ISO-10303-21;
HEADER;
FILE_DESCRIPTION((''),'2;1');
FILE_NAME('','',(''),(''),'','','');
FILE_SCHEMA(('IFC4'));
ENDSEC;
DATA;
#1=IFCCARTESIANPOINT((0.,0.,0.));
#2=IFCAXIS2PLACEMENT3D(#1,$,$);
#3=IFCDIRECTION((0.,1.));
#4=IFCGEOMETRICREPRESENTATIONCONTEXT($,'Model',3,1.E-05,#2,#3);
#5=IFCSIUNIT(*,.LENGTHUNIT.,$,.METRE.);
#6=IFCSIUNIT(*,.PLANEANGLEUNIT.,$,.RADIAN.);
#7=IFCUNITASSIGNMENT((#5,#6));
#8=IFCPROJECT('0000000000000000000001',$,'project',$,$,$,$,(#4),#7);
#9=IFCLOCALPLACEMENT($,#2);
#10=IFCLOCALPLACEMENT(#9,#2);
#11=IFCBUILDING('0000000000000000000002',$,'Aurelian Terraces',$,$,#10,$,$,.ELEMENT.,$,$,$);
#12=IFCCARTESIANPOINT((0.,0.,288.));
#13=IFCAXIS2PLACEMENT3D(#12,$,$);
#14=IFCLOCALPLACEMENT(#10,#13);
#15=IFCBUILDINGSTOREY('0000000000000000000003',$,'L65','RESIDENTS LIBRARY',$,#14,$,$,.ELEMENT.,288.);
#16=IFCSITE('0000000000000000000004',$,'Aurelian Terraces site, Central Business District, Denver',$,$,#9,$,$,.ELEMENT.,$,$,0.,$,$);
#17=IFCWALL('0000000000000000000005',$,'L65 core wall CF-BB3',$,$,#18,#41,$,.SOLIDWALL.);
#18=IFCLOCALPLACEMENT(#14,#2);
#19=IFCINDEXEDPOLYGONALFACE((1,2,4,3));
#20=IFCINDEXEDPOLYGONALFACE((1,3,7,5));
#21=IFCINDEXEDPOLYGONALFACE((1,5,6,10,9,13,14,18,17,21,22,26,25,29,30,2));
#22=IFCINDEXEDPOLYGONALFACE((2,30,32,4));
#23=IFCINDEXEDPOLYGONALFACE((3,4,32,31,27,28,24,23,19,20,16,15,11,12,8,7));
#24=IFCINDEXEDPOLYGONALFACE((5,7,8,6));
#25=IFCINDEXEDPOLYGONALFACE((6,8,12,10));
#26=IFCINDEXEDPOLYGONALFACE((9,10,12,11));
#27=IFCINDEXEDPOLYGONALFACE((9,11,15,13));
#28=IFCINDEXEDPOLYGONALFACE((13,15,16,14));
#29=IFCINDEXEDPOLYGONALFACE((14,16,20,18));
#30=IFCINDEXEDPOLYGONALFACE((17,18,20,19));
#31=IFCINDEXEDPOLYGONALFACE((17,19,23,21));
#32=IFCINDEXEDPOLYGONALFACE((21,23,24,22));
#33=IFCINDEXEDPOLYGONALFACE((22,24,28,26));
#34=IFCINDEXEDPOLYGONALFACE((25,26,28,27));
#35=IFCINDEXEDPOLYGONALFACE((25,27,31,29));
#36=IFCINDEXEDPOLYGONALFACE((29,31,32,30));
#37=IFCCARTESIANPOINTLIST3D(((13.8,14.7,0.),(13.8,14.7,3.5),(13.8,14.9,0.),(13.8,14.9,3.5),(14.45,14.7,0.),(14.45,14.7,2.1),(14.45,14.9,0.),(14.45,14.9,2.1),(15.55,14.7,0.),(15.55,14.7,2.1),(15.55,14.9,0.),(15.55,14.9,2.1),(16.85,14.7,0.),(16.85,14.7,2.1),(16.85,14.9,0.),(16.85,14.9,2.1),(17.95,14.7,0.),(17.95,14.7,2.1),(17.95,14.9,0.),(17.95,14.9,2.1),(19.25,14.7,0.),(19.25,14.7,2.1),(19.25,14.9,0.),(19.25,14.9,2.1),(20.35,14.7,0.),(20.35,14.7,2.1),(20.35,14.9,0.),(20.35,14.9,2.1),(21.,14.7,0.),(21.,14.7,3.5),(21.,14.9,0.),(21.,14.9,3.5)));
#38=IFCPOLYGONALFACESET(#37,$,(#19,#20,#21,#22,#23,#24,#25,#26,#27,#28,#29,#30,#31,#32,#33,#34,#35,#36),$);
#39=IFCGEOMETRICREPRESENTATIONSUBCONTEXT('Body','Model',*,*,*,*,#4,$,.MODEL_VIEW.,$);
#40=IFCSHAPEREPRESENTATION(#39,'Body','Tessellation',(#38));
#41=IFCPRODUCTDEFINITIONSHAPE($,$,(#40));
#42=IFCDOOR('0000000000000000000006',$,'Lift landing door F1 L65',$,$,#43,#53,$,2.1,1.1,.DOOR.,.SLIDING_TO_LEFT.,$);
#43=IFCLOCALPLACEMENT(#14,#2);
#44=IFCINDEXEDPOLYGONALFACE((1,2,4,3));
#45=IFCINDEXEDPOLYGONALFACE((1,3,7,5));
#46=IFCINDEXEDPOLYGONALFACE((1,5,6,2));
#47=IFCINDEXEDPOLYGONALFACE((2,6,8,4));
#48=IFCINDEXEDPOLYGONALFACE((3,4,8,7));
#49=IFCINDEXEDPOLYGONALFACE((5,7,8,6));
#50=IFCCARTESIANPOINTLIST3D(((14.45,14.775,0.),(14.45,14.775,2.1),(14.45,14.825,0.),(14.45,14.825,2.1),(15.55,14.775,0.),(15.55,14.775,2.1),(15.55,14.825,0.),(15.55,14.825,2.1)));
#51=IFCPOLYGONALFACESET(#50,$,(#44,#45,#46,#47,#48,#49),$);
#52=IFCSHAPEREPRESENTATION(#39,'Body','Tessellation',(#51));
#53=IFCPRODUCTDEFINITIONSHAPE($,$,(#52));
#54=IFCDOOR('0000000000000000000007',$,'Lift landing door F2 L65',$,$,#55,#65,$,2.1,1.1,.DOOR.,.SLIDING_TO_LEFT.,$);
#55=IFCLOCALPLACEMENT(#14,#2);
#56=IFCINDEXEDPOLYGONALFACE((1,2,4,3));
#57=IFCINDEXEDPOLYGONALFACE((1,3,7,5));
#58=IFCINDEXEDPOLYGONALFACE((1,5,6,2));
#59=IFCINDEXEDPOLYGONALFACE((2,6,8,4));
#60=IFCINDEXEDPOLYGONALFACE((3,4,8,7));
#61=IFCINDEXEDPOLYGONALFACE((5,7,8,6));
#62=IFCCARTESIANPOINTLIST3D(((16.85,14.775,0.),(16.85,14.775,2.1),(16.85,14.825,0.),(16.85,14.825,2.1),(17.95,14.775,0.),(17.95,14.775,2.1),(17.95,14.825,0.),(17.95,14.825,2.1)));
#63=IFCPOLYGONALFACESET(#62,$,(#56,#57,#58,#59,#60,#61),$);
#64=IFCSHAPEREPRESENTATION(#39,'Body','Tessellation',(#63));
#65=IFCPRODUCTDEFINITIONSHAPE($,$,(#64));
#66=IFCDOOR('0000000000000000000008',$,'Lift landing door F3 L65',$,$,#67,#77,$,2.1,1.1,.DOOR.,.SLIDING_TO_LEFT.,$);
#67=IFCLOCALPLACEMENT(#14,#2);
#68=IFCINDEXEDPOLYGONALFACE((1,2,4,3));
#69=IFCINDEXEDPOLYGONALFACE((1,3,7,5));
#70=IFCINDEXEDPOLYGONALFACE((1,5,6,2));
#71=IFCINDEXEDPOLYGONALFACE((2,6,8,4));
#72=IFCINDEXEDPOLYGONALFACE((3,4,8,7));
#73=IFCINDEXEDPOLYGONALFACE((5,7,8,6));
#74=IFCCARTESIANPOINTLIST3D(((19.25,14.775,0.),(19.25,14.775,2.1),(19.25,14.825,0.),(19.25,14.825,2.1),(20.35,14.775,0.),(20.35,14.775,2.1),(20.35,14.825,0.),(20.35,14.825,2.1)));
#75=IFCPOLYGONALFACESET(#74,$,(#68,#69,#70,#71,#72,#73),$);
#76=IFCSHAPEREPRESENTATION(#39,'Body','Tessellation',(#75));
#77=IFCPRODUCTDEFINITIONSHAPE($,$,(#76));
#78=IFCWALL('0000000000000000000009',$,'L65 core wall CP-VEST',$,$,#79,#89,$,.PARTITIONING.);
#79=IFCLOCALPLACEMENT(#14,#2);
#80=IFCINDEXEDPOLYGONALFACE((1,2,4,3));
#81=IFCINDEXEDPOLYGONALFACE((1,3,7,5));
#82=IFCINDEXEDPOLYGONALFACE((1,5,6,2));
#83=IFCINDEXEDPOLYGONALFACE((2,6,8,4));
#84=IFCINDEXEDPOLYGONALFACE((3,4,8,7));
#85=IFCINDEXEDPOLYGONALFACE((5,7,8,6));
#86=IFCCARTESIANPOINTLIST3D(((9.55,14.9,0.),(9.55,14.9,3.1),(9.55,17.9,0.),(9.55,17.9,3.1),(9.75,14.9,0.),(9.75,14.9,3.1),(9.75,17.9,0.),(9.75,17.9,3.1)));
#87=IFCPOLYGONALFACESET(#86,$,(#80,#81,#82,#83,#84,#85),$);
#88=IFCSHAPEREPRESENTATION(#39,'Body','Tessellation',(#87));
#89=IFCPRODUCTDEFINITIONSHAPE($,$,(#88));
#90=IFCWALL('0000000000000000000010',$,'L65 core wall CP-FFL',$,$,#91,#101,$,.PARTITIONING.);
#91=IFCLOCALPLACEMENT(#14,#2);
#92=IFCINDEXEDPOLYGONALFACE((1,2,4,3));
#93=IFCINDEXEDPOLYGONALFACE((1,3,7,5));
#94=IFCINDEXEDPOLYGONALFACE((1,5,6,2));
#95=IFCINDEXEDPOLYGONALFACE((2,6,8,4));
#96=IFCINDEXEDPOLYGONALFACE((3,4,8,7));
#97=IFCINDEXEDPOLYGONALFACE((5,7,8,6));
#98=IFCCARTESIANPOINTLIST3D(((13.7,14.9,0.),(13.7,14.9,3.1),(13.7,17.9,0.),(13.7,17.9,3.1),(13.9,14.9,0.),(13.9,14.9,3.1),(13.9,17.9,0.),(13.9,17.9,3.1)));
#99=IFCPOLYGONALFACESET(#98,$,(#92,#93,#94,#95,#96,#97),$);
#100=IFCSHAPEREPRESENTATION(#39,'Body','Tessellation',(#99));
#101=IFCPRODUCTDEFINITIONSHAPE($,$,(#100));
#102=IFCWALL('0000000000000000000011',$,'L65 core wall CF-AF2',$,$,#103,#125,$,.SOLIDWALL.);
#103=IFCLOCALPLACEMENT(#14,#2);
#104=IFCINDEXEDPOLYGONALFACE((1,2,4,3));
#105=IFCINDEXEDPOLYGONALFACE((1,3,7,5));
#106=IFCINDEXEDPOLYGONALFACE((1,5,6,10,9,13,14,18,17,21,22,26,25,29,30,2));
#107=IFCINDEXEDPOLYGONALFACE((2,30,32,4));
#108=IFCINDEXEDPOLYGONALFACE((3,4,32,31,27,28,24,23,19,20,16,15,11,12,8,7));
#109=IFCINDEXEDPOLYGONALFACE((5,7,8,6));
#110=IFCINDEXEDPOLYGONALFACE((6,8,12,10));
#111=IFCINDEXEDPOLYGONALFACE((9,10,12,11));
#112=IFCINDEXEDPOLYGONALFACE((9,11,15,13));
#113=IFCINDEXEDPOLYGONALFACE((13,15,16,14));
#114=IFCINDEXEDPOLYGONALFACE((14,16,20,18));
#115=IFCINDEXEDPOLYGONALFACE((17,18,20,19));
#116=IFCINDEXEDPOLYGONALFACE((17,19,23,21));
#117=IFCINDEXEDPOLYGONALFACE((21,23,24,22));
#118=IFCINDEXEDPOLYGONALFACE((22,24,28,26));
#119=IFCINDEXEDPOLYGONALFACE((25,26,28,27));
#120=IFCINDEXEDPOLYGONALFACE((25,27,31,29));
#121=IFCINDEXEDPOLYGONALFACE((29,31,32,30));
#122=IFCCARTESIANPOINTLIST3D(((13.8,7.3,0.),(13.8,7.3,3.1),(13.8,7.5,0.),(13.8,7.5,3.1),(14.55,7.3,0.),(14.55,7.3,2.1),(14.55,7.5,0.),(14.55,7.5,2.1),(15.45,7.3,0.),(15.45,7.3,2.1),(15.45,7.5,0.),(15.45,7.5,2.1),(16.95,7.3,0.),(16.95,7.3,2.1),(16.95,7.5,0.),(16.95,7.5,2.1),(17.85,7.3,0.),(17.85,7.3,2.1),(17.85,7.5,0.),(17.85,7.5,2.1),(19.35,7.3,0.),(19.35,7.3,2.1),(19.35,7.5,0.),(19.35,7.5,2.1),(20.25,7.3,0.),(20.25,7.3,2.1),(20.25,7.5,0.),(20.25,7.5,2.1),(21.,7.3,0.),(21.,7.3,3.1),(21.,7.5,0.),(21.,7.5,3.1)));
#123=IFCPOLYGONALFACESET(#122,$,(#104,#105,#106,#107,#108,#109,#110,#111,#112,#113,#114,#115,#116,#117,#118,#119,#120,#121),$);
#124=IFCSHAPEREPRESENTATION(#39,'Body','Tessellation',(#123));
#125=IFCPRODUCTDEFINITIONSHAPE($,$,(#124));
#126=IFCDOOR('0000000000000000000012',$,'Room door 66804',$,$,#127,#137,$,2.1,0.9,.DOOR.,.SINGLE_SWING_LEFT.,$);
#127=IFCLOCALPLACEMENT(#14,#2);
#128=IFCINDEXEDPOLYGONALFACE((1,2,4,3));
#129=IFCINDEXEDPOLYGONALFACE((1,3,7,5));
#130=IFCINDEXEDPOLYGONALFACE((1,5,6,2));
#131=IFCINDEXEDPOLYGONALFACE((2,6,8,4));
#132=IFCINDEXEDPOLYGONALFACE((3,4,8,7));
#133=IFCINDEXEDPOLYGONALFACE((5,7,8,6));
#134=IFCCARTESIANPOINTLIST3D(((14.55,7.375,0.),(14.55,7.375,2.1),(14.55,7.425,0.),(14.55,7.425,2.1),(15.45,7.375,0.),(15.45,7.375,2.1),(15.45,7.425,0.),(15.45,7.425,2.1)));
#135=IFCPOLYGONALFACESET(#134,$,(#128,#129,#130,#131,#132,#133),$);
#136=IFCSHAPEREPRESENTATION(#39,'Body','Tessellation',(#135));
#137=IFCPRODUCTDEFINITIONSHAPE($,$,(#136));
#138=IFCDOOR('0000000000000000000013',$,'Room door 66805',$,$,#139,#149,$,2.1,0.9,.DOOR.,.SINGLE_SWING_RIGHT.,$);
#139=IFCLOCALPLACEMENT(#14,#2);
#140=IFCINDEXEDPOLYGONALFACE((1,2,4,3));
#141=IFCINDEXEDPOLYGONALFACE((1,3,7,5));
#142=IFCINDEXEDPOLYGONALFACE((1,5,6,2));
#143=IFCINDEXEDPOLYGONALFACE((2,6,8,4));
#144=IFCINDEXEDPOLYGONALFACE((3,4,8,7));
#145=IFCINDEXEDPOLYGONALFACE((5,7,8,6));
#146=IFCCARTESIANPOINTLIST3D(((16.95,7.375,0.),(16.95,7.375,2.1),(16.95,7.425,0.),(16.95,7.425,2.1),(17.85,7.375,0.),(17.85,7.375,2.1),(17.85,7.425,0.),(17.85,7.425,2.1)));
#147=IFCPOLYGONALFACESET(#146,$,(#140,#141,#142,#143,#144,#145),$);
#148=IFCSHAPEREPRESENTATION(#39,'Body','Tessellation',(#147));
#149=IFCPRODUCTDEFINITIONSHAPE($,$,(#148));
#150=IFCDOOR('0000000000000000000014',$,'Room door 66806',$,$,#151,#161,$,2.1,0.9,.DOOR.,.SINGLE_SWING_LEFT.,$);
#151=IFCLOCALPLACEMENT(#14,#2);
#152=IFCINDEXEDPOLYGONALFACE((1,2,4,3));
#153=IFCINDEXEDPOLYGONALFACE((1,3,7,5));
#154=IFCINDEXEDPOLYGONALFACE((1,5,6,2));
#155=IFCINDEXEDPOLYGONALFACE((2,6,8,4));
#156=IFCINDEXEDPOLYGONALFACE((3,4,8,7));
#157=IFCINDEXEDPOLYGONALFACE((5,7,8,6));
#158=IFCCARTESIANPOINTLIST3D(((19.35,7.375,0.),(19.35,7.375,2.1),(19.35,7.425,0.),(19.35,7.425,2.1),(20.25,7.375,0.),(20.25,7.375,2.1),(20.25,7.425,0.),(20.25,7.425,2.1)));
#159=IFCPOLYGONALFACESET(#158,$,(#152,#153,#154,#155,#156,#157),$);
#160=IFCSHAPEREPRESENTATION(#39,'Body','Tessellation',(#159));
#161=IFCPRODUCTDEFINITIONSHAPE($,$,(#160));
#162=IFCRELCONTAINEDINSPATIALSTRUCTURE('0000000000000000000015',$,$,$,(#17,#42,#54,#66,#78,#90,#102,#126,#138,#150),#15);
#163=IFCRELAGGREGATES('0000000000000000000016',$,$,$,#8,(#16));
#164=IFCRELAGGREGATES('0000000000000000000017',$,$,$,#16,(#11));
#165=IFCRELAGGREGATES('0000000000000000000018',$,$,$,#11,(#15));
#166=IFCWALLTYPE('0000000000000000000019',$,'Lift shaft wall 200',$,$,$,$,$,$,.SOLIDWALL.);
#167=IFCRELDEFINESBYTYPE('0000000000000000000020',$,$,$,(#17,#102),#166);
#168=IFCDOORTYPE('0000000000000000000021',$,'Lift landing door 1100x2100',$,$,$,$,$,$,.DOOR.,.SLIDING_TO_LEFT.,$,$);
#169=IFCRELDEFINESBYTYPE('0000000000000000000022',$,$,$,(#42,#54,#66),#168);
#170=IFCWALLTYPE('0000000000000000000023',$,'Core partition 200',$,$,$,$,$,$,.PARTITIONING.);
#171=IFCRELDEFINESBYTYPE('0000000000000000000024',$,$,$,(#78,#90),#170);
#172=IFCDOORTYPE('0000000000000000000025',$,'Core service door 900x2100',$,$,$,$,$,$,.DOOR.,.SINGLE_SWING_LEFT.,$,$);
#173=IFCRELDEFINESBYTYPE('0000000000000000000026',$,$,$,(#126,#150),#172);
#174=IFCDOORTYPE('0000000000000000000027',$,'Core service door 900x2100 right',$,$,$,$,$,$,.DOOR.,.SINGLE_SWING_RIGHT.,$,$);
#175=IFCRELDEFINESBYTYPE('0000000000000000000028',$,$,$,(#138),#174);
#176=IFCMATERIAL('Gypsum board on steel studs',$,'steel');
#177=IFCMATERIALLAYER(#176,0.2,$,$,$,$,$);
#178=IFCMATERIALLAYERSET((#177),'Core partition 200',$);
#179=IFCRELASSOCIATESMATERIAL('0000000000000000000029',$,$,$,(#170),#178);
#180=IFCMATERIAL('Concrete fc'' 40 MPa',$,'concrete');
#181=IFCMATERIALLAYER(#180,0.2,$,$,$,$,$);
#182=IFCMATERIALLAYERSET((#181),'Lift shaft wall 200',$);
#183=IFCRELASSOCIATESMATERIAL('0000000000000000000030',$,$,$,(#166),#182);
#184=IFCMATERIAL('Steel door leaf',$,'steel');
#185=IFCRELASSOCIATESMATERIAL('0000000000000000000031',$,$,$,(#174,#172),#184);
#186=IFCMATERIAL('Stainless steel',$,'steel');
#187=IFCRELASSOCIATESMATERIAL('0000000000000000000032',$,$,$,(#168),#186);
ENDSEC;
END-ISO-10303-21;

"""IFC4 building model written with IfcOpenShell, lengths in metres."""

from ifc_helpers import new_model, si_unit, direction, frame, frame_2d, origin, place, context, subcontext, project, spatial, rectangle, extrude, source, transform, mapped, material, layer, layer_set, type_object, element, fill, save


model = new_model("IFC4")

# Units and contexts
model_context = context("Model", 3, precision=1e-05, world=origin(), true_north=direction((0.0, 1.0)))
body_context = subcontext(model_context, "Body", "Model", "MODEL_VIEW")
ifc_project = project(units=[si_unit("LENGTHUNIT", "METRE"), si_unit("PLANEANGLEUNIT", "RADIAN")], contexts=[model_context])

# Site, building, storey
site_placement = place(None, origin())
site = spatial("IfcSite", under=ifc_project, at=site_placement, Name="Aurelian Terraces site, Central Business District, Denver", CompositionType="ELEMENT", RefElevation=0.0)
building_placement = place(site_placement, origin())
building = spatial("IfcBuilding", under=site, at=building_placement, Name="Aurelian Terraces", CompositionType="ELEMENT")
storey_placement = place(building_placement, frame((0.0, 0.0, 288.0)))
storey = spatial("IfcBuildingStorey", under=building, at=storey_placement, Name="L65", Description="RESIDENTS LIBRARY", CompositionType="ELEMENT", Elevation=288.0)

# Shared definitions
ifc_material_1 = material(Name="Gypsum board on steel studs", Category="steel")
ifc_layer_1 = layer(ifc_material_1, 0.2)
ifc_layer_set_1 = layer_set([ifc_layer_1], Name="Core partition 200")
wall_type_1 = type_object("IfcWallType", Name="Core partition 200", PredefinedType="PARTITIONING", material=ifc_layer_set_1)
ifc_material_2 = material(Name="Concrete fc' 40 MPa", Category="concrete")
ifc_layer_2 = layer(ifc_material_2, 0.2)
ifc_layer_set_2 = layer_set([ifc_layer_2], Name="Lift shaft wall 200")
wall_type_2 = type_object("IfcWallType", Name="Lift shaft wall 200", PredefinedType="SOLIDWALL", material=ifc_layer_set_2)

# Shared definitions
shared_shape_1 = source(origin(), body_context, "Body", "SweptSolid", [
    extrude(rectangle(XDim=0.9, YDim=2.1, at=frame_2d((0.45, 1.05))), frame((0.0, 0.11, 0.0), z_axis=(0.0, -1.0, 0.0), x_axis=(1.0, 0.0, 0.0)), (0.0, 0.0, 1.0), 0.22),
])
ifc_material_3 = material(Name="Steel door leaf", Category="steel")
door_type_1 = type_object("IfcDoorType", Name="Core service door 900x2100 right", OperationType="SINGLE_SWING_RIGHT", PredefinedType="DOOR", material=ifc_material_3)
shared_shape_2 = source(origin(), body_context, "Body", "SweptSolid", [
    extrude(rectangle(XDim=0.9, YDim=2.1, at=frame_2d((0.45, 1.05))), frame((0.0, 0.025, 0.0), z_axis=(0.0, -1.0, 0.0), x_axis=(1.0, 0.0, 0.0)), (0.0, 0.0, 1.0), 0.05),
])

# Shared definitions
shared_shape_3 = source(origin(), body_context, "Body", "SweptSolid", [
    extrude(rectangle(XDim=7.2, YDim=0.2, at=frame_2d((3.6, 0.0))), origin(), (0.0, 0.0, 1.0), 3.5),
])

# Wall, openings, doors
wall_1_placement = place(storey_placement, frame((13.8, 14.8, 0.0), z_axis=(0.0, 0.0, 1.0), x_axis=(1.0, 0.0, 0.0)))
wall_1 = element("IfcWall", 1, at=wall_1_placement, inside=storey, type_object=wall_type_2, Name="L65 core wall CF-BB3", PredefinedType="SOLIDWALL", context=body_context, shape_type="MappedRepresentation", body=[
    mapped(shared_shape_3, transform((0.0, 0.0, 0.0), scale=1.0)),
])
shared_shape_4 = source(origin(), body_context, "Body", "SweptSolid", [
    extrude(rectangle(XDim=1.1, YDim=2.1, at=frame_2d((0.55, 1.05))), frame((0.0, 0.11, 0.0), z_axis=(0.0, -1.0, 0.0), x_axis=(1.0, 0.0, 0.0)), (0.0, 0.0, 1.0), 0.22),
])
opening_1_placement = place(wall_1_placement, frame((0.65, 0.0, 0.0)))
opening_1 = element("IfcOpeningElement", 2, at=opening_1_placement, cuts=wall_1, PredefinedType="OPENING", context=body_context, shape_type="MappedRepresentation", body=[
    mapped(shared_shape_4, transform((0.0, 0.0, 0.0), scale=1.0)),
])
opening_2_placement = place(wall_1_placement, frame((3.05, 0.0, 0.0)))
opening_2 = element("IfcOpeningElement", 3, at=opening_2_placement, cuts=wall_1, PredefinedType="OPENING", context=body_context, shape_type="MappedRepresentation", body=[
    mapped(shared_shape_4, transform((0.0, 0.0, 0.0), scale=1.0)),
])
opening_3_placement = place(wall_1_placement, frame((5.45, 0.0, 0.0)))
opening_3 = element("IfcOpeningElement", 4, at=opening_3_placement, cuts=wall_1, PredefinedType="OPENING", context=body_context, shape_type="MappedRepresentation", body=[
    mapped(shared_shape_4, transform((0.0, 0.0, 0.0), scale=1.0)),
])
ifc_material_4 = material(Name="Stainless steel", Category="steel")
door_type_2 = type_object("IfcDoorType", Name="Lift landing door 1100x2100", OperationType="SLIDING_TO_LEFT", PredefinedType="DOOR", material=ifc_material_4)
shared_shape_5 = source(origin(), body_context, "Body", "SweptSolid", [
    extrude(rectangle(XDim=1.1, YDim=2.1, at=frame_2d((0.55, 1.05))), frame((0.0, 0.025, 0.0), z_axis=(0.0, -1.0, 0.0), x_axis=(1.0, 0.0, 0.0)), (0.0, 0.0, 1.0), 0.05),
])
door_1_placement = place(opening_1_placement, origin())
door_1 = element("IfcDoor", 5, at=door_1_placement, inside=storey, type_object=door_type_2, Name="Lift landing door F1 L65", OperationType="SLIDING_TO_LEFT", OverallHeight=2.1, OverallWidth=1.1, PredefinedType="DOOR", context=body_context, shape_type="MappedRepresentation", body=[
    mapped(shared_shape_5, transform((0.0, 0.0, 0.0), scale=1.0)),
])
fill(opening_1, door_1)
door_2_placement = place(opening_2_placement, origin())
door_2 = element("IfcDoor", 6, at=door_2_placement, inside=storey, type_object=door_type_2, Name="Lift landing door F2 L65", OperationType="SLIDING_TO_LEFT", OverallHeight=2.1, OverallWidth=1.1, PredefinedType="DOOR", context=body_context, shape_type="MappedRepresentation", body=[
    mapped(shared_shape_5, transform((0.0, 0.0, 0.0), scale=1.0)),
])
fill(opening_2, door_2)
door_3_placement = place(opening_3_placement, origin())
door_3 = element("IfcDoor", 7, at=door_3_placement, inside=storey, type_object=door_type_2, Name="Lift landing door F3 L65", OperationType="SLIDING_TO_LEFT", OverallHeight=2.1, OverallWidth=1.1, PredefinedType="DOOR", context=body_context, shape_type="MappedRepresentation", body=[
    mapped(shared_shape_5, transform((0.0, 0.0, 0.0), scale=1.0)),
])
fill(opening_3, door_3)

# Walls
shared_shape_6 = source(origin(), body_context, "Body", "SweptSolid", [
    extrude(rectangle(XDim=3.0, YDim=0.2, at=frame_2d((1.5, 0.0))), origin(), (0.0, 0.0, 1.0), 3.1),
])
for number, where, z_axis, x_axis, name in (
    (8, (9.65, 14.9, 0.0), (0.0, 0.0, 1.0), (0.0, 1.0, 0.0), "L65 core wall CP-VEST"),
    (9, (13.8, 14.9, 0.0), (0.0, 0.0, 1.0), (0.0, 1.0, 0.0), "L65 core wall CP-FFL"),
):
    element("IfcWall", number, at=place(storey_placement, frame(where, z_axis=z_axis, x_axis=x_axis)), inside=storey, type_object=wall_type_1, Name=name, PredefinedType="PARTITIONING", context=body_context, shape_type="MappedRepresentation", body=[
        mapped(shared_shape_6, transform((0.0, 0.0, 0.0), scale=1.0)),
    ])

# Wall, openings, doors
shared_shape_7 = source(origin(), body_context, "Body", "SweptSolid", [
    extrude(rectangle(XDim=7.2, YDim=0.2, at=frame_2d((3.6, 0.0))), origin(), (0.0, 0.0, 1.0), 3.1),
])
wall_2_placement = place(storey_placement, frame((13.8, 7.4, 0.0), z_axis=(0.0, 0.0, 1.0), x_axis=(1.0, 0.0, 0.0)))
wall_2 = element("IfcWall", 10, at=wall_2_placement, inside=storey, type_object=wall_type_2, Name="L65 core wall CF-AF2", PredefinedType="SOLIDWALL", context=body_context, shape_type="MappedRepresentation", body=[
    mapped(shared_shape_7, transform((0.0, 0.0, 0.0), scale=1.0)),
])
opening_4_placement = place(wall_2_placement, frame((0.75, 0.0, 0.0)))
opening_4 = element("IfcOpeningElement", 11, at=opening_4_placement, cuts=wall_2, PredefinedType="OPENING", context=body_context, shape_type="MappedRepresentation", body=[
    mapped(shared_shape_1, transform((0.0, 0.0, 0.0), scale=1.0)),
])
opening_5_placement = place(wall_2_placement, frame((3.15, 0.0, 0.0)))
opening_5 = element("IfcOpeningElement", 12, at=opening_5_placement, cuts=wall_2, PredefinedType="OPENING", context=body_context, shape_type="MappedRepresentation", body=[
    mapped(shared_shape_1, transform((0.0, 0.0, 0.0), scale=1.0)),
])
opening_6_placement = place(wall_2_placement, frame((5.55, 0.0, 0.0)))
opening_6 = element("IfcOpeningElement", 13, at=opening_6_placement, cuts=wall_2, PredefinedType="OPENING", context=body_context, shape_type="MappedRepresentation", body=[
    mapped(shared_shape_1, transform((0.0, 0.0, 0.0), scale=1.0)),
])
door_type_3 = type_object("IfcDoorType", Name="Core service door 900x2100", OperationType="SINGLE_SWING_LEFT", PredefinedType="DOOR", material=ifc_material_3)
door_4_placement = place(opening_4_placement, origin())
door_4 = element("IfcDoor", 14, at=door_4_placement, inside=storey, type_object=door_type_3, Name="Room door 66804", OperationType="SINGLE_SWING_LEFT", OverallHeight=2.1, OverallWidth=0.9, PredefinedType="DOOR", context=body_context, shape_type="MappedRepresentation", body=[
    mapped(shared_shape_2, transform((0.0, 0.0, 0.0), scale=1.0)),
])
fill(opening_4, door_4)
door_5_placement = place(opening_5_placement, origin())
door_5 = element("IfcDoor", 15, at=door_5_placement, inside=storey, type_object=door_type_1, Name="Room door 66805", OperationType="SINGLE_SWING_RIGHT", OverallHeight=2.1, OverallWidth=0.9, PredefinedType="DOOR", context=body_context, shape_type="MappedRepresentation", body=[
    mapped(shared_shape_2, transform((0.0, 0.0, 0.0), scale=1.0)),
])
fill(opening_5, door_5)
door_6_placement = place(opening_6_placement, origin())
door_6 = element("IfcDoor", 16, at=door_6_placement, inside=storey, type_object=door_type_3, Name="Room door 66806", OperationType="SINGLE_SWING_LEFT", OverallHeight=2.1, OverallWidth=0.9, PredefinedType="DOOR", context=body_context, shape_type="MappedRepresentation", body=[
    mapped(shared_shape_2, transform((0.0, 0.0, 0.0), scale=1.0)),
])
fill(opening_6, door_6)

save(model, "model.ifc")
